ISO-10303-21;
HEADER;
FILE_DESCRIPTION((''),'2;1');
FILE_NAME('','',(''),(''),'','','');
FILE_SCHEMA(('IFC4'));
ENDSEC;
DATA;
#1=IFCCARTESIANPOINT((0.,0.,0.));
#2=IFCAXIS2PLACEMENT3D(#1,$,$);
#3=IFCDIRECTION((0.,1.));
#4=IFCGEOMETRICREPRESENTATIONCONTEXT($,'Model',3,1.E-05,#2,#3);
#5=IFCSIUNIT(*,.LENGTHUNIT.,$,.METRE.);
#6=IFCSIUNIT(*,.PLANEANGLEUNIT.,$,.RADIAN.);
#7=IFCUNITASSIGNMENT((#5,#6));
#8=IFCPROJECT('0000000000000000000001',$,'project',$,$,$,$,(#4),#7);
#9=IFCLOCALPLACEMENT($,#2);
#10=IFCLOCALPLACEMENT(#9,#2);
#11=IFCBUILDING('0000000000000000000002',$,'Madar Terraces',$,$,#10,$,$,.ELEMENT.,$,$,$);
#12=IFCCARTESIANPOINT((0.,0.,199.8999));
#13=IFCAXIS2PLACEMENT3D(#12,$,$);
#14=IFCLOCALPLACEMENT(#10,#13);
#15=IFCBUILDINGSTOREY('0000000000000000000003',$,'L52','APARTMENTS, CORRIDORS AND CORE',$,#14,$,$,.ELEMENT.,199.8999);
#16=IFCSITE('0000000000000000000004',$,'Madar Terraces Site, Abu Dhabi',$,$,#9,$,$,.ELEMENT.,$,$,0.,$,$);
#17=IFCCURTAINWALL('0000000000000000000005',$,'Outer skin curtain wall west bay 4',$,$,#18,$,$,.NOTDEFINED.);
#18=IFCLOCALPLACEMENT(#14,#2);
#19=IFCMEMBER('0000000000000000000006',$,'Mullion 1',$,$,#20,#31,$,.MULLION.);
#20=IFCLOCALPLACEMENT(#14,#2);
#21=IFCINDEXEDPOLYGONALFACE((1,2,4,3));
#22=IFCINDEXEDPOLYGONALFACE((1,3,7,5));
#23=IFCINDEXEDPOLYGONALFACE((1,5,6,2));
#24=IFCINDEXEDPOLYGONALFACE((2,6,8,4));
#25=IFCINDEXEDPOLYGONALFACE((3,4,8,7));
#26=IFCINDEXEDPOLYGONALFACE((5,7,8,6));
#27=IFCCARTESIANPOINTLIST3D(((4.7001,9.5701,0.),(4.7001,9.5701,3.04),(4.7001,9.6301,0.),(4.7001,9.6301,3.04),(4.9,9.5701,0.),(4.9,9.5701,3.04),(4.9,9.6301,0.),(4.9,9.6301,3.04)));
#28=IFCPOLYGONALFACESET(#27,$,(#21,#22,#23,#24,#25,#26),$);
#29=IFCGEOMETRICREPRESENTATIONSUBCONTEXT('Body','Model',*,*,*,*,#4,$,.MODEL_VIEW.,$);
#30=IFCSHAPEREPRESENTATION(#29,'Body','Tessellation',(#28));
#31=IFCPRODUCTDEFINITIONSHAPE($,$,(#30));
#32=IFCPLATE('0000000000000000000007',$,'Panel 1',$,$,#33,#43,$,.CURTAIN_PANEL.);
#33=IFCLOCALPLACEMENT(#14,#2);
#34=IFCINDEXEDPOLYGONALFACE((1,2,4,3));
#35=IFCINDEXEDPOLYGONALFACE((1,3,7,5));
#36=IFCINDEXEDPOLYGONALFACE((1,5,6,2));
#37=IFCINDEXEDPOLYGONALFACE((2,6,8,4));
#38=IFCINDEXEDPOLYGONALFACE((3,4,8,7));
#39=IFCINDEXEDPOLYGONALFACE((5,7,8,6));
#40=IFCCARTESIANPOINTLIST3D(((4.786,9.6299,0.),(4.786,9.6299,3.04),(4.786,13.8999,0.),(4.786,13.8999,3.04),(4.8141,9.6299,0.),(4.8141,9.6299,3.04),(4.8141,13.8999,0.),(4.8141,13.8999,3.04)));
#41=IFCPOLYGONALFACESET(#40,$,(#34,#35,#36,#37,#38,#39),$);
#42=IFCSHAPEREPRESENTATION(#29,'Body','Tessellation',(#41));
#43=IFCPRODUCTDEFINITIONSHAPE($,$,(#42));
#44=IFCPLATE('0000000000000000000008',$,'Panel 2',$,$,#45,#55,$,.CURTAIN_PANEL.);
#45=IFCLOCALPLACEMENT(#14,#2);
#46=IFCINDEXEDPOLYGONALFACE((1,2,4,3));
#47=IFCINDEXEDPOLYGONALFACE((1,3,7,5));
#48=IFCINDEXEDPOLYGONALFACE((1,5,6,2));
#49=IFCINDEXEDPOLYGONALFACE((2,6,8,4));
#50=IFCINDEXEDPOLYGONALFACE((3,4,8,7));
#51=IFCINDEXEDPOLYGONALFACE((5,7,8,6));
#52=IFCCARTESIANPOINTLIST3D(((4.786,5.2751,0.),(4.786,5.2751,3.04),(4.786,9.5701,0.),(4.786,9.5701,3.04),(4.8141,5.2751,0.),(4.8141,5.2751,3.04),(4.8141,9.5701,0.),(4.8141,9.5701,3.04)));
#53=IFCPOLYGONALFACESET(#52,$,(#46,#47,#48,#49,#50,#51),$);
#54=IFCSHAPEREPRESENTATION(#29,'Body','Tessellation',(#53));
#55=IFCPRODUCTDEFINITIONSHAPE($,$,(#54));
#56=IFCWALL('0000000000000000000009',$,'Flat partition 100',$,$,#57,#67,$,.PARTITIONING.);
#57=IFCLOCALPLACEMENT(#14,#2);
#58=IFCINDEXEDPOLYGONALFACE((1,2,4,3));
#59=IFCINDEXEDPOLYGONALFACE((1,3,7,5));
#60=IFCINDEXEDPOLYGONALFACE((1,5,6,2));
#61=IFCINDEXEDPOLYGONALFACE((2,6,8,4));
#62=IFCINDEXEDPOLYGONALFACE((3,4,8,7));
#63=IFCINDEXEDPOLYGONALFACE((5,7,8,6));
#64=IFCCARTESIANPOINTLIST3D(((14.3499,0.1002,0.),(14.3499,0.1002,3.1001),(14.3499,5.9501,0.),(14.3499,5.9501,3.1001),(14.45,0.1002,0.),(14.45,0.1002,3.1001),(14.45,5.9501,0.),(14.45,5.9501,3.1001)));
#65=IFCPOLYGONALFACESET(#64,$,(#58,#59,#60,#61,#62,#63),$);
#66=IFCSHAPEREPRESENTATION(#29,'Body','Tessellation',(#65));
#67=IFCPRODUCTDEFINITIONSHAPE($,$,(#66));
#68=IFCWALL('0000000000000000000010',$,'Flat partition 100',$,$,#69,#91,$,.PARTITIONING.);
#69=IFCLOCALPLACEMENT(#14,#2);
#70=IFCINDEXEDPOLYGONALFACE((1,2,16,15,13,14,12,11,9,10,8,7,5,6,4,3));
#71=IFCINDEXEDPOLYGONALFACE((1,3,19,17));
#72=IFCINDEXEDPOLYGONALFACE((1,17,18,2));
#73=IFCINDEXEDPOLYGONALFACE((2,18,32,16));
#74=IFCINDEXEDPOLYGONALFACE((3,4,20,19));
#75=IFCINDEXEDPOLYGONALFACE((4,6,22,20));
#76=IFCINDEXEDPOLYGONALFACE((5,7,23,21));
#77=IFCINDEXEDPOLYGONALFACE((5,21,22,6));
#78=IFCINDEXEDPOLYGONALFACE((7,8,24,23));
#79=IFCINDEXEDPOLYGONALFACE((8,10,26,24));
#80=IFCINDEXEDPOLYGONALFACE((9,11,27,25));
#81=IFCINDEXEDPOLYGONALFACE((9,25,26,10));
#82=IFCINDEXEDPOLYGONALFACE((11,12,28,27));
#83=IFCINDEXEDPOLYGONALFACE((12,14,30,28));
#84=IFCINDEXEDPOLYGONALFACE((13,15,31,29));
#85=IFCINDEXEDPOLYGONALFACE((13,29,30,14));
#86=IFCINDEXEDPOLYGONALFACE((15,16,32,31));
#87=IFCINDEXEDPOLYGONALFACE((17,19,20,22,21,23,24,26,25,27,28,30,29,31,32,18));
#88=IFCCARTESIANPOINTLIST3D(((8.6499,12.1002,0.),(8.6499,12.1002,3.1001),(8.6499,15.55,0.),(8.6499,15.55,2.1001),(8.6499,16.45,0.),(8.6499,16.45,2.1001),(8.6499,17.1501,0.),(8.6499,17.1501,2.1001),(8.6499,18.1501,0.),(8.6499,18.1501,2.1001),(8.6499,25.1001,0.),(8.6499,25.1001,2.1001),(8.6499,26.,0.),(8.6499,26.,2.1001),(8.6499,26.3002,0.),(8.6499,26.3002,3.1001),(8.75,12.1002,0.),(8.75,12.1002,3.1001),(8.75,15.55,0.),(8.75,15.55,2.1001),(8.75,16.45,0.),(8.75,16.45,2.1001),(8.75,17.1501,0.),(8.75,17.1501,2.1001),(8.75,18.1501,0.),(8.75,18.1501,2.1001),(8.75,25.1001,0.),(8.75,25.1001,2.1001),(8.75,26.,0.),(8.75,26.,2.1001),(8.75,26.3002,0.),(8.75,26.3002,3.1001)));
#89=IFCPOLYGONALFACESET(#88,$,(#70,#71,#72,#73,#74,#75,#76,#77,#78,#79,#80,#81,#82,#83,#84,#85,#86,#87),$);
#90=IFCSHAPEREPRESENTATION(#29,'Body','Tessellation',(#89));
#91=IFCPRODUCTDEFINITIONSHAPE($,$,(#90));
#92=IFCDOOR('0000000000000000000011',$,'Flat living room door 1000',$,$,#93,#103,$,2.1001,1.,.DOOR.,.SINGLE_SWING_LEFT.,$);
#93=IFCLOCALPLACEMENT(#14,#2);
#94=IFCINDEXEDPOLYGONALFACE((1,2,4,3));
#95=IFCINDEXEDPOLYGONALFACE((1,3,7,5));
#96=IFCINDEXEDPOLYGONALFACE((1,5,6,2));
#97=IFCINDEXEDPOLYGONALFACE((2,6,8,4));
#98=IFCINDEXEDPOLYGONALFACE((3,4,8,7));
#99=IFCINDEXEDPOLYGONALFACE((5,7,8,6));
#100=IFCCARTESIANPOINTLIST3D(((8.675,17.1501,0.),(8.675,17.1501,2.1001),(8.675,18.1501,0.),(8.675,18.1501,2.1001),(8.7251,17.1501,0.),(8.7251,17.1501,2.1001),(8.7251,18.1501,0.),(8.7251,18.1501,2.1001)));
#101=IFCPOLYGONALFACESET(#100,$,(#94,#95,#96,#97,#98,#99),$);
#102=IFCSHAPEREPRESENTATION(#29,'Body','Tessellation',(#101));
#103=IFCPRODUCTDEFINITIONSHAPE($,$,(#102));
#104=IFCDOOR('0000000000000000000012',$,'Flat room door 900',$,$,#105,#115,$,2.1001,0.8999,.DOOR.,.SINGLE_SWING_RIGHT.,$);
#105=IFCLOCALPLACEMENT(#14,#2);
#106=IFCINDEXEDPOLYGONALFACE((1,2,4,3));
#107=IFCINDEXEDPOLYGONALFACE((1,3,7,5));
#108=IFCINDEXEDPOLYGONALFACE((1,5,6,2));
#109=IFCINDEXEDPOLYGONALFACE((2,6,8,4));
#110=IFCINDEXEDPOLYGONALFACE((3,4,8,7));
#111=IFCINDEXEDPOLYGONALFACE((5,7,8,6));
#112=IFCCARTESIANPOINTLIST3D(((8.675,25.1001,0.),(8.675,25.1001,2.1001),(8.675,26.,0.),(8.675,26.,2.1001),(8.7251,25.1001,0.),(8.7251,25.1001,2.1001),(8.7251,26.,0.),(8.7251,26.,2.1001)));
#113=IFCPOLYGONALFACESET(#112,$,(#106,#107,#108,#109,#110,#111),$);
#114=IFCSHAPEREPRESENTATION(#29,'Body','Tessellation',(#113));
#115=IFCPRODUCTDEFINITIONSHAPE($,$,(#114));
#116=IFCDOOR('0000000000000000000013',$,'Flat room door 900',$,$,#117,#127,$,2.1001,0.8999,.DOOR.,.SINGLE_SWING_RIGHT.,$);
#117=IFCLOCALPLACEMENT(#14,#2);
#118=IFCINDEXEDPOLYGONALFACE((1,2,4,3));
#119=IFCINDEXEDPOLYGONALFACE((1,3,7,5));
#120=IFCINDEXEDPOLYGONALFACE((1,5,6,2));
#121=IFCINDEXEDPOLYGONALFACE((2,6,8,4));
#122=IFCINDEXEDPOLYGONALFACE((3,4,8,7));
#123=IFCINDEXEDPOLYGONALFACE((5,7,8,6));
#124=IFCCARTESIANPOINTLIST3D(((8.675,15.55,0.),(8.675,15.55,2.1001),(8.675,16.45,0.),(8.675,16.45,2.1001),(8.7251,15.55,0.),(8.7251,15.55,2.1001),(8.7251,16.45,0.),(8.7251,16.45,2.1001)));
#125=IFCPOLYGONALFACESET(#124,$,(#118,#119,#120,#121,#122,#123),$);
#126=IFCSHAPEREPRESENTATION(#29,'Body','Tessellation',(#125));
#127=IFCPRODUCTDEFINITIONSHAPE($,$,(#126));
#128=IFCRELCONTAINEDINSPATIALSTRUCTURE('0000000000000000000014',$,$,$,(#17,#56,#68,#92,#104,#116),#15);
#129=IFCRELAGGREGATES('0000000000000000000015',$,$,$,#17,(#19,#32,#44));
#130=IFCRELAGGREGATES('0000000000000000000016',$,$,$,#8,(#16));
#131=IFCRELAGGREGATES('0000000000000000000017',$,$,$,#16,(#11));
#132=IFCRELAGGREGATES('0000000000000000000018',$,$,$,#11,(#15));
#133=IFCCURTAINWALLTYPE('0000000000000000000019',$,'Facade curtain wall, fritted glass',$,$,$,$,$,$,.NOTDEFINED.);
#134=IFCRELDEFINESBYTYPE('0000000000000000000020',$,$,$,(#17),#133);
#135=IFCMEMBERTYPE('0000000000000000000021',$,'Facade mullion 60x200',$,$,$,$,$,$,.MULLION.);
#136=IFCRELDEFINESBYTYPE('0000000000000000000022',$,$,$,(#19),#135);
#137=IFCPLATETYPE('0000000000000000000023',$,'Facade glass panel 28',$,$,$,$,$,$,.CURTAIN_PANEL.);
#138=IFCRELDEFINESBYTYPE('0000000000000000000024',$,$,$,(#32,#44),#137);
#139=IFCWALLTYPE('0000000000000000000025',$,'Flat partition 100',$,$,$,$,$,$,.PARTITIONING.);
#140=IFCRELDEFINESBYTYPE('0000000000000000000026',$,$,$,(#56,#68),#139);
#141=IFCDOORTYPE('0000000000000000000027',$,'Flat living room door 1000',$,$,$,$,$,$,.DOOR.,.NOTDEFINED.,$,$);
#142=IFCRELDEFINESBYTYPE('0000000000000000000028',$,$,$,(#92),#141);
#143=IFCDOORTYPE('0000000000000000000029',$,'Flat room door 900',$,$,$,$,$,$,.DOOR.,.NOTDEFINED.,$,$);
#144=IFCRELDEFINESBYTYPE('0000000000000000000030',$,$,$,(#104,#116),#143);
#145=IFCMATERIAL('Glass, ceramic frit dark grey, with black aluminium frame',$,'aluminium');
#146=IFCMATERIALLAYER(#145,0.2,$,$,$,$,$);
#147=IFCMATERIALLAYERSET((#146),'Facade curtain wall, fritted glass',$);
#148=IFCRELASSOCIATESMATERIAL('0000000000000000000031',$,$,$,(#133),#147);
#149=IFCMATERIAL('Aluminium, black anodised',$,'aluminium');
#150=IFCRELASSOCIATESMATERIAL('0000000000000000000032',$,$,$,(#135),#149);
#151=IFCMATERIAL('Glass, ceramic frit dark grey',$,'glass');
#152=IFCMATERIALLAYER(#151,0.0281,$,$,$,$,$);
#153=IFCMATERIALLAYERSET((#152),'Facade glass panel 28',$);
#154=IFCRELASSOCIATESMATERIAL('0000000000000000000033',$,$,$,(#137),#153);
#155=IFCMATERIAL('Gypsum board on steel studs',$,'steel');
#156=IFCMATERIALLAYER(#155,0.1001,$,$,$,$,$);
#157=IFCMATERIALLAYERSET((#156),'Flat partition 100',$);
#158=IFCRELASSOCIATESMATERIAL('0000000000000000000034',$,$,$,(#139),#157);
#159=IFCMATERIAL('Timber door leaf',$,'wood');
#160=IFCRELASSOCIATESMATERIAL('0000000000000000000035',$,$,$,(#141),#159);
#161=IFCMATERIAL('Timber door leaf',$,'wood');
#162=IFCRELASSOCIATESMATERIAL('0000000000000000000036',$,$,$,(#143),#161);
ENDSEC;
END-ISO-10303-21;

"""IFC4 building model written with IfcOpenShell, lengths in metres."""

from ifc_helpers import new_model, si_unit, direction, frame, frame_2d, origin, origin_2d, place, context, subcontext, project, spatial, rectangle, extrude, material, layer, layer_set, material_profile, profile_set, type_object, element, fill, aggregate, save


model = new_model("IFC4")

# Units and contexts
model_context = context("Model", 3, precision=1e-05, world=origin(), true_north=direction((0.0, 1.0)))
body_context = subcontext(model_context, "Body", "Model", "MODEL_VIEW")
ifc_project = project(units=[si_unit("LENGTHUNIT", "METRE"), si_unit("PLANEANGLEUNIT", "RADIAN")], contexts=[model_context])

# Site, building, storey
site_placement = place(None, origin())
site = spatial("IfcSite", under=ifc_project, at=site_placement, Name="Madar Terraces Site, Abu Dhabi", CompositionType="ELEMENT", RefElevation=0.0)
building_placement = place(site_placement, origin())
building = spatial("IfcBuilding", under=site, at=building_placement, Name="Madar Terraces", CompositionType="ELEMENT")
storey_placement = place(building_placement, frame((0.0, 0.0, 199.8999)))
storey = spatial("IfcBuildingStorey", under=building, at=storey_placement, Name="L52", Description="APARTMENTS, CORRIDORS AND CORE", CompositionType="ELEMENT", Elevation=199.8999)

# Curtain wall, member, plates
ifc_material_1 = material(Name="Glass, ceramic frit dark grey, with black aluminium frame", Category="aluminium")
ifc_layer_1 = layer(ifc_material_1, 0.2)
ifc_layer_set_1 = layer_set([ifc_layer_1], Name="Facade curtain wall, fritted glass")
curtain_wall_type = type_object("IfcCurtainWallType", Name="Facade curtain wall, fritted glass", PredefinedType="NOTDEFINED", material=ifc_layer_set_1)
curtain_wall_placement = place(storey_placement, origin())
curtain_wall = element("IfcCurtainWall", 1, at=curtain_wall_placement, inside=storey, type_object=curtain_wall_type, Name="Outer skin curtain wall west bay 4", PredefinedType="NOTDEFINED")
ifc_material_2 = material(Name="Aluminium, black anodised", Category="aluminium")
ifc_material_profile = material_profile(ifc_material_2, rectangle(XDim=0.2, YDim=0.0601, at=origin_2d()), Name="Facade mullion 60x200")
ifc_profile_set = profile_set([ifc_material_profile], Name="Aluminium, black anodised")
member_type = type_object("IfcMemberType", Name="Facade mullion 60x200", PredefinedType="MULLION", material=ifc_profile_set)
member_placement = place(storey_placement, frame((4.8, 9.6001, 0.0), z_axis=(0.0, 0.0, 1.0), x_axis=(1.0, 0.0, 0.0)))
member = element("IfcMember", 2, at=member_placement, type_object=member_type, Name="Mullion 1", PredefinedType="MULLION", context=body_context, shape_type="SweptSolid", body=[
    extrude(rectangle(XDim=0.2, YDim=0.0601, at=origin_2d()), origin(), (0.0, 0.0, 1.0), 3.04),
])
ifc_material_3 = material(Name="Glass, ceramic frit dark grey", Category="glass")
ifc_layer_2 = layer(ifc_material_3, 0.0281)
ifc_layer_set_2 = layer_set([ifc_layer_2], Name="Facade glass panel 28")
plate_type = type_object("IfcPlateType", Name="Facade glass panel 28", PredefinedType="CURTAIN_PANEL", material=ifc_layer_set_2)
plate_1_placement = place(storey_placement, frame((4.8, 11.7649, 0.0), z_axis=(0.0, 0.0, 1.0), x_axis=(0.0, -1.0, 0.0)))
plate_1 = element("IfcPlate", 3, at=plate_1_placement, type_object=plate_type, Name="Panel 1", PredefinedType="CURTAIN_PANEL", context=body_context, shape_type="SweptSolid", body=[
    extrude(rectangle(XDim=4.27, YDim=0.0281, at=origin_2d()), origin(), (0.0, 0.0, 1.0), 3.04),
])
plate_2_placement = place(storey_placement, frame((4.8, 7.4226, 0.0), z_axis=(0.0, 0.0, 1.0), x_axis=(0.0, -1.0, 0.0)))
plate_2 = element("IfcPlate", 4, at=plate_2_placement, type_object=plate_type, Name="Panel 2", PredefinedType="CURTAIN_PANEL", context=body_context, shape_type="SweptSolid", body=[
    extrude(rectangle(XDim=4.2949, YDim=0.0281, at=origin_2d()), origin(), (0.0, 0.0, 1.0), 3.04),
])
aggregate(curtain_wall, [member, plate_1, plate_2])

# Wall
ifc_material_4 = material(Name="Gypsum board on steel studs", Category="steel")
ifc_layer_3 = layer(ifc_material_4, 0.1001)
ifc_layer_set_3 = layer_set([ifc_layer_3], Name="Flat partition 100")
wall_type_1 = type_object("IfcWallType", Name="Flat partition 100", PredefinedType="PARTITIONING", material=ifc_layer_set_3)
wall_1_placement = place(storey_placement, frame((14.3999, 5.95, 0.0), z_axis=(0.0, 0.0, 1.0), x_axis=(0.0, -1.0, 0.0)))
element("IfcWall", 5, at=wall_1_placement, inside=storey, type_object=wall_type_1, Name="Flat partition 100", PredefinedType="PARTITIONING", context=body_context, shape_type="SweptSolid", body=[
    extrude(rectangle(XDim=5.8499, YDim=0.1001, at=frame_2d((2.9248, 0.0))), origin(), (0.0, 0.0, 1.0), 3.1001),
])

# Wall, openings, doors
wall_2_placement = place(storey_placement, frame((8.7, 12.1001, 0.0), z_axis=(0.0, 0.0, 1.0), x_axis=(0.0, 1.0, 0.0)))
wall_2 = element("IfcWall", 6, at=wall_2_placement, inside=storey, type_object=wall_type_1, Name="Flat partition 100", PredefinedType="PARTITIONING", context=body_context, shape_type="SweptSolid", body=[
    extrude(rectangle(XDim=14.2, YDim=0.1001, at=frame_2d((7.1001, 0.0))), origin(), (0.0, 0.0, 1.0), 3.1001),
])
opening_1_placement = place(wall_2_placement, frame((13.0, 0.0, 0.0)))
opening_1 = element("IfcOpeningElement", 7, at=opening_1_placement, cuts=wall_2, PredefinedType="OPENING", context=body_context, shape_type="SweptSolid", body=[
    extrude(rectangle(XDim=0.8999, YDim=2.1001, at=frame_2d((0.45, 1.05))), frame((0.0, 0.0601, 0.0), z_axis=(0.0, -1.0, 0.0), x_axis=(1.0, 0.0, 0.0)), (0.0, 0.0, 1.0), 0.1201),
])
opening_2_placement = place(wall_2_placement, frame((5.05, 0.0, 0.0)))
opening_2 = element("IfcOpeningElement", 8, at=opening_2_placement, cuts=wall_2, PredefinedType="OPENING", context=body_context, shape_type="SweptSolid", body=[
    extrude(rectangle(XDim=1.0, YDim=2.1001, at=frame_2d((0.5, 1.05))), frame((0.0, 0.0601, 0.0), z_axis=(0.0, -1.0, 0.0), x_axis=(1.0, 0.0, 0.0)), (0.0, 0.0, 1.0), 0.1201),
])
opening_3_placement = place(wall_2_placement, frame((3.45, 0.0, 0.0)))
opening_3 = element("IfcOpeningElement", 9, at=opening_3_placement, cuts=wall_2, PredefinedType="OPENING", context=body_context, shape_type="SweptSolid", body=[
    extrude(rectangle(XDim=0.8999, YDim=2.1001, at=frame_2d((0.45, 1.05))), frame((0.0, 0.0601, 0.0), z_axis=(0.0, -1.0, 0.0), x_axis=(1.0, 0.0, 0.0)), (0.0, 0.0, 1.0), 0.1201),
])
ifc_material_5 = material(Name="Timber door leaf", Category="wood")
door_type_1 = type_object("IfcDoorType", Name="Flat living room door 1000", OperationType="NOTDEFINED", PredefinedType="DOOR", material=ifc_material_5)
door_1_placement = place(opening_2_placement, origin())
door_1 = element("IfcDoor", 10, at=door_1_placement, inside=storey, type_object=door_type_1, Name="Flat living room door 1000", OperationType="SINGLE_SWING_LEFT", OverallHeight=2.1001, OverallWidth=1.0, PredefinedType="DOOR", context=body_context, shape_type="SweptSolid", body=[
    extrude(rectangle(XDim=1.0, YDim=2.1001, at=frame_2d((0.5, 1.05))), frame((0.0, 0.0249, 0.0), z_axis=(0.0, -1.0, 0.0), x_axis=(1.0, 0.0, 0.0)), (0.0, 0.0, 1.0), 0.05),
])
fill(opening_2, door_1)
ifc_material_6 = material(Name="Timber door leaf", Category="wood")
door_type_2 = type_object("IfcDoorType", Name="Flat room door 900", OperationType="NOTDEFINED", PredefinedType="DOOR", material=ifc_material_6)
door_2_placement = place(opening_1_placement, origin())
door_2 = element("IfcDoor", 11, at=door_2_placement, inside=storey, type_object=door_type_2, Name="Flat room door 900", OperationType="SINGLE_SWING_RIGHT", OverallHeight=2.1001, OverallWidth=0.8999, PredefinedType="DOOR", context=body_context, shape_type="SweptSolid", body=[
    extrude(rectangle(XDim=0.8999, YDim=2.1001, at=frame_2d((0.45, 1.05))), frame((0.0, 0.0249, 0.0), z_axis=(0.0, -1.0, 0.0), x_axis=(1.0, 0.0, 0.0)), (0.0, 0.0, 1.0), 0.05),
])
fill(opening_1, door_2)
door_3_placement = place(opening_3_placement, origin())
door_3 = element("IfcDoor", 12, at=door_3_placement, inside=storey, type_object=door_type_2, Name="Flat room door 900", OperationType="SINGLE_SWING_RIGHT", OverallHeight=2.1001, OverallWidth=0.8999, PredefinedType="DOOR", context=body_context, shape_type="SweptSolid", body=[
    extrude(rectangle(XDim=0.8999, YDim=2.1001, at=frame_2d((0.45, 1.05))), frame((0.0, 0.0249, 0.0), z_axis=(0.0, -1.0, 0.0), x_axis=(1.0, 0.0, 0.0)), (0.0, 0.0, 1.0), 0.05),
])
fill(opening_3, door_3)

save(model, "model.ifc")
